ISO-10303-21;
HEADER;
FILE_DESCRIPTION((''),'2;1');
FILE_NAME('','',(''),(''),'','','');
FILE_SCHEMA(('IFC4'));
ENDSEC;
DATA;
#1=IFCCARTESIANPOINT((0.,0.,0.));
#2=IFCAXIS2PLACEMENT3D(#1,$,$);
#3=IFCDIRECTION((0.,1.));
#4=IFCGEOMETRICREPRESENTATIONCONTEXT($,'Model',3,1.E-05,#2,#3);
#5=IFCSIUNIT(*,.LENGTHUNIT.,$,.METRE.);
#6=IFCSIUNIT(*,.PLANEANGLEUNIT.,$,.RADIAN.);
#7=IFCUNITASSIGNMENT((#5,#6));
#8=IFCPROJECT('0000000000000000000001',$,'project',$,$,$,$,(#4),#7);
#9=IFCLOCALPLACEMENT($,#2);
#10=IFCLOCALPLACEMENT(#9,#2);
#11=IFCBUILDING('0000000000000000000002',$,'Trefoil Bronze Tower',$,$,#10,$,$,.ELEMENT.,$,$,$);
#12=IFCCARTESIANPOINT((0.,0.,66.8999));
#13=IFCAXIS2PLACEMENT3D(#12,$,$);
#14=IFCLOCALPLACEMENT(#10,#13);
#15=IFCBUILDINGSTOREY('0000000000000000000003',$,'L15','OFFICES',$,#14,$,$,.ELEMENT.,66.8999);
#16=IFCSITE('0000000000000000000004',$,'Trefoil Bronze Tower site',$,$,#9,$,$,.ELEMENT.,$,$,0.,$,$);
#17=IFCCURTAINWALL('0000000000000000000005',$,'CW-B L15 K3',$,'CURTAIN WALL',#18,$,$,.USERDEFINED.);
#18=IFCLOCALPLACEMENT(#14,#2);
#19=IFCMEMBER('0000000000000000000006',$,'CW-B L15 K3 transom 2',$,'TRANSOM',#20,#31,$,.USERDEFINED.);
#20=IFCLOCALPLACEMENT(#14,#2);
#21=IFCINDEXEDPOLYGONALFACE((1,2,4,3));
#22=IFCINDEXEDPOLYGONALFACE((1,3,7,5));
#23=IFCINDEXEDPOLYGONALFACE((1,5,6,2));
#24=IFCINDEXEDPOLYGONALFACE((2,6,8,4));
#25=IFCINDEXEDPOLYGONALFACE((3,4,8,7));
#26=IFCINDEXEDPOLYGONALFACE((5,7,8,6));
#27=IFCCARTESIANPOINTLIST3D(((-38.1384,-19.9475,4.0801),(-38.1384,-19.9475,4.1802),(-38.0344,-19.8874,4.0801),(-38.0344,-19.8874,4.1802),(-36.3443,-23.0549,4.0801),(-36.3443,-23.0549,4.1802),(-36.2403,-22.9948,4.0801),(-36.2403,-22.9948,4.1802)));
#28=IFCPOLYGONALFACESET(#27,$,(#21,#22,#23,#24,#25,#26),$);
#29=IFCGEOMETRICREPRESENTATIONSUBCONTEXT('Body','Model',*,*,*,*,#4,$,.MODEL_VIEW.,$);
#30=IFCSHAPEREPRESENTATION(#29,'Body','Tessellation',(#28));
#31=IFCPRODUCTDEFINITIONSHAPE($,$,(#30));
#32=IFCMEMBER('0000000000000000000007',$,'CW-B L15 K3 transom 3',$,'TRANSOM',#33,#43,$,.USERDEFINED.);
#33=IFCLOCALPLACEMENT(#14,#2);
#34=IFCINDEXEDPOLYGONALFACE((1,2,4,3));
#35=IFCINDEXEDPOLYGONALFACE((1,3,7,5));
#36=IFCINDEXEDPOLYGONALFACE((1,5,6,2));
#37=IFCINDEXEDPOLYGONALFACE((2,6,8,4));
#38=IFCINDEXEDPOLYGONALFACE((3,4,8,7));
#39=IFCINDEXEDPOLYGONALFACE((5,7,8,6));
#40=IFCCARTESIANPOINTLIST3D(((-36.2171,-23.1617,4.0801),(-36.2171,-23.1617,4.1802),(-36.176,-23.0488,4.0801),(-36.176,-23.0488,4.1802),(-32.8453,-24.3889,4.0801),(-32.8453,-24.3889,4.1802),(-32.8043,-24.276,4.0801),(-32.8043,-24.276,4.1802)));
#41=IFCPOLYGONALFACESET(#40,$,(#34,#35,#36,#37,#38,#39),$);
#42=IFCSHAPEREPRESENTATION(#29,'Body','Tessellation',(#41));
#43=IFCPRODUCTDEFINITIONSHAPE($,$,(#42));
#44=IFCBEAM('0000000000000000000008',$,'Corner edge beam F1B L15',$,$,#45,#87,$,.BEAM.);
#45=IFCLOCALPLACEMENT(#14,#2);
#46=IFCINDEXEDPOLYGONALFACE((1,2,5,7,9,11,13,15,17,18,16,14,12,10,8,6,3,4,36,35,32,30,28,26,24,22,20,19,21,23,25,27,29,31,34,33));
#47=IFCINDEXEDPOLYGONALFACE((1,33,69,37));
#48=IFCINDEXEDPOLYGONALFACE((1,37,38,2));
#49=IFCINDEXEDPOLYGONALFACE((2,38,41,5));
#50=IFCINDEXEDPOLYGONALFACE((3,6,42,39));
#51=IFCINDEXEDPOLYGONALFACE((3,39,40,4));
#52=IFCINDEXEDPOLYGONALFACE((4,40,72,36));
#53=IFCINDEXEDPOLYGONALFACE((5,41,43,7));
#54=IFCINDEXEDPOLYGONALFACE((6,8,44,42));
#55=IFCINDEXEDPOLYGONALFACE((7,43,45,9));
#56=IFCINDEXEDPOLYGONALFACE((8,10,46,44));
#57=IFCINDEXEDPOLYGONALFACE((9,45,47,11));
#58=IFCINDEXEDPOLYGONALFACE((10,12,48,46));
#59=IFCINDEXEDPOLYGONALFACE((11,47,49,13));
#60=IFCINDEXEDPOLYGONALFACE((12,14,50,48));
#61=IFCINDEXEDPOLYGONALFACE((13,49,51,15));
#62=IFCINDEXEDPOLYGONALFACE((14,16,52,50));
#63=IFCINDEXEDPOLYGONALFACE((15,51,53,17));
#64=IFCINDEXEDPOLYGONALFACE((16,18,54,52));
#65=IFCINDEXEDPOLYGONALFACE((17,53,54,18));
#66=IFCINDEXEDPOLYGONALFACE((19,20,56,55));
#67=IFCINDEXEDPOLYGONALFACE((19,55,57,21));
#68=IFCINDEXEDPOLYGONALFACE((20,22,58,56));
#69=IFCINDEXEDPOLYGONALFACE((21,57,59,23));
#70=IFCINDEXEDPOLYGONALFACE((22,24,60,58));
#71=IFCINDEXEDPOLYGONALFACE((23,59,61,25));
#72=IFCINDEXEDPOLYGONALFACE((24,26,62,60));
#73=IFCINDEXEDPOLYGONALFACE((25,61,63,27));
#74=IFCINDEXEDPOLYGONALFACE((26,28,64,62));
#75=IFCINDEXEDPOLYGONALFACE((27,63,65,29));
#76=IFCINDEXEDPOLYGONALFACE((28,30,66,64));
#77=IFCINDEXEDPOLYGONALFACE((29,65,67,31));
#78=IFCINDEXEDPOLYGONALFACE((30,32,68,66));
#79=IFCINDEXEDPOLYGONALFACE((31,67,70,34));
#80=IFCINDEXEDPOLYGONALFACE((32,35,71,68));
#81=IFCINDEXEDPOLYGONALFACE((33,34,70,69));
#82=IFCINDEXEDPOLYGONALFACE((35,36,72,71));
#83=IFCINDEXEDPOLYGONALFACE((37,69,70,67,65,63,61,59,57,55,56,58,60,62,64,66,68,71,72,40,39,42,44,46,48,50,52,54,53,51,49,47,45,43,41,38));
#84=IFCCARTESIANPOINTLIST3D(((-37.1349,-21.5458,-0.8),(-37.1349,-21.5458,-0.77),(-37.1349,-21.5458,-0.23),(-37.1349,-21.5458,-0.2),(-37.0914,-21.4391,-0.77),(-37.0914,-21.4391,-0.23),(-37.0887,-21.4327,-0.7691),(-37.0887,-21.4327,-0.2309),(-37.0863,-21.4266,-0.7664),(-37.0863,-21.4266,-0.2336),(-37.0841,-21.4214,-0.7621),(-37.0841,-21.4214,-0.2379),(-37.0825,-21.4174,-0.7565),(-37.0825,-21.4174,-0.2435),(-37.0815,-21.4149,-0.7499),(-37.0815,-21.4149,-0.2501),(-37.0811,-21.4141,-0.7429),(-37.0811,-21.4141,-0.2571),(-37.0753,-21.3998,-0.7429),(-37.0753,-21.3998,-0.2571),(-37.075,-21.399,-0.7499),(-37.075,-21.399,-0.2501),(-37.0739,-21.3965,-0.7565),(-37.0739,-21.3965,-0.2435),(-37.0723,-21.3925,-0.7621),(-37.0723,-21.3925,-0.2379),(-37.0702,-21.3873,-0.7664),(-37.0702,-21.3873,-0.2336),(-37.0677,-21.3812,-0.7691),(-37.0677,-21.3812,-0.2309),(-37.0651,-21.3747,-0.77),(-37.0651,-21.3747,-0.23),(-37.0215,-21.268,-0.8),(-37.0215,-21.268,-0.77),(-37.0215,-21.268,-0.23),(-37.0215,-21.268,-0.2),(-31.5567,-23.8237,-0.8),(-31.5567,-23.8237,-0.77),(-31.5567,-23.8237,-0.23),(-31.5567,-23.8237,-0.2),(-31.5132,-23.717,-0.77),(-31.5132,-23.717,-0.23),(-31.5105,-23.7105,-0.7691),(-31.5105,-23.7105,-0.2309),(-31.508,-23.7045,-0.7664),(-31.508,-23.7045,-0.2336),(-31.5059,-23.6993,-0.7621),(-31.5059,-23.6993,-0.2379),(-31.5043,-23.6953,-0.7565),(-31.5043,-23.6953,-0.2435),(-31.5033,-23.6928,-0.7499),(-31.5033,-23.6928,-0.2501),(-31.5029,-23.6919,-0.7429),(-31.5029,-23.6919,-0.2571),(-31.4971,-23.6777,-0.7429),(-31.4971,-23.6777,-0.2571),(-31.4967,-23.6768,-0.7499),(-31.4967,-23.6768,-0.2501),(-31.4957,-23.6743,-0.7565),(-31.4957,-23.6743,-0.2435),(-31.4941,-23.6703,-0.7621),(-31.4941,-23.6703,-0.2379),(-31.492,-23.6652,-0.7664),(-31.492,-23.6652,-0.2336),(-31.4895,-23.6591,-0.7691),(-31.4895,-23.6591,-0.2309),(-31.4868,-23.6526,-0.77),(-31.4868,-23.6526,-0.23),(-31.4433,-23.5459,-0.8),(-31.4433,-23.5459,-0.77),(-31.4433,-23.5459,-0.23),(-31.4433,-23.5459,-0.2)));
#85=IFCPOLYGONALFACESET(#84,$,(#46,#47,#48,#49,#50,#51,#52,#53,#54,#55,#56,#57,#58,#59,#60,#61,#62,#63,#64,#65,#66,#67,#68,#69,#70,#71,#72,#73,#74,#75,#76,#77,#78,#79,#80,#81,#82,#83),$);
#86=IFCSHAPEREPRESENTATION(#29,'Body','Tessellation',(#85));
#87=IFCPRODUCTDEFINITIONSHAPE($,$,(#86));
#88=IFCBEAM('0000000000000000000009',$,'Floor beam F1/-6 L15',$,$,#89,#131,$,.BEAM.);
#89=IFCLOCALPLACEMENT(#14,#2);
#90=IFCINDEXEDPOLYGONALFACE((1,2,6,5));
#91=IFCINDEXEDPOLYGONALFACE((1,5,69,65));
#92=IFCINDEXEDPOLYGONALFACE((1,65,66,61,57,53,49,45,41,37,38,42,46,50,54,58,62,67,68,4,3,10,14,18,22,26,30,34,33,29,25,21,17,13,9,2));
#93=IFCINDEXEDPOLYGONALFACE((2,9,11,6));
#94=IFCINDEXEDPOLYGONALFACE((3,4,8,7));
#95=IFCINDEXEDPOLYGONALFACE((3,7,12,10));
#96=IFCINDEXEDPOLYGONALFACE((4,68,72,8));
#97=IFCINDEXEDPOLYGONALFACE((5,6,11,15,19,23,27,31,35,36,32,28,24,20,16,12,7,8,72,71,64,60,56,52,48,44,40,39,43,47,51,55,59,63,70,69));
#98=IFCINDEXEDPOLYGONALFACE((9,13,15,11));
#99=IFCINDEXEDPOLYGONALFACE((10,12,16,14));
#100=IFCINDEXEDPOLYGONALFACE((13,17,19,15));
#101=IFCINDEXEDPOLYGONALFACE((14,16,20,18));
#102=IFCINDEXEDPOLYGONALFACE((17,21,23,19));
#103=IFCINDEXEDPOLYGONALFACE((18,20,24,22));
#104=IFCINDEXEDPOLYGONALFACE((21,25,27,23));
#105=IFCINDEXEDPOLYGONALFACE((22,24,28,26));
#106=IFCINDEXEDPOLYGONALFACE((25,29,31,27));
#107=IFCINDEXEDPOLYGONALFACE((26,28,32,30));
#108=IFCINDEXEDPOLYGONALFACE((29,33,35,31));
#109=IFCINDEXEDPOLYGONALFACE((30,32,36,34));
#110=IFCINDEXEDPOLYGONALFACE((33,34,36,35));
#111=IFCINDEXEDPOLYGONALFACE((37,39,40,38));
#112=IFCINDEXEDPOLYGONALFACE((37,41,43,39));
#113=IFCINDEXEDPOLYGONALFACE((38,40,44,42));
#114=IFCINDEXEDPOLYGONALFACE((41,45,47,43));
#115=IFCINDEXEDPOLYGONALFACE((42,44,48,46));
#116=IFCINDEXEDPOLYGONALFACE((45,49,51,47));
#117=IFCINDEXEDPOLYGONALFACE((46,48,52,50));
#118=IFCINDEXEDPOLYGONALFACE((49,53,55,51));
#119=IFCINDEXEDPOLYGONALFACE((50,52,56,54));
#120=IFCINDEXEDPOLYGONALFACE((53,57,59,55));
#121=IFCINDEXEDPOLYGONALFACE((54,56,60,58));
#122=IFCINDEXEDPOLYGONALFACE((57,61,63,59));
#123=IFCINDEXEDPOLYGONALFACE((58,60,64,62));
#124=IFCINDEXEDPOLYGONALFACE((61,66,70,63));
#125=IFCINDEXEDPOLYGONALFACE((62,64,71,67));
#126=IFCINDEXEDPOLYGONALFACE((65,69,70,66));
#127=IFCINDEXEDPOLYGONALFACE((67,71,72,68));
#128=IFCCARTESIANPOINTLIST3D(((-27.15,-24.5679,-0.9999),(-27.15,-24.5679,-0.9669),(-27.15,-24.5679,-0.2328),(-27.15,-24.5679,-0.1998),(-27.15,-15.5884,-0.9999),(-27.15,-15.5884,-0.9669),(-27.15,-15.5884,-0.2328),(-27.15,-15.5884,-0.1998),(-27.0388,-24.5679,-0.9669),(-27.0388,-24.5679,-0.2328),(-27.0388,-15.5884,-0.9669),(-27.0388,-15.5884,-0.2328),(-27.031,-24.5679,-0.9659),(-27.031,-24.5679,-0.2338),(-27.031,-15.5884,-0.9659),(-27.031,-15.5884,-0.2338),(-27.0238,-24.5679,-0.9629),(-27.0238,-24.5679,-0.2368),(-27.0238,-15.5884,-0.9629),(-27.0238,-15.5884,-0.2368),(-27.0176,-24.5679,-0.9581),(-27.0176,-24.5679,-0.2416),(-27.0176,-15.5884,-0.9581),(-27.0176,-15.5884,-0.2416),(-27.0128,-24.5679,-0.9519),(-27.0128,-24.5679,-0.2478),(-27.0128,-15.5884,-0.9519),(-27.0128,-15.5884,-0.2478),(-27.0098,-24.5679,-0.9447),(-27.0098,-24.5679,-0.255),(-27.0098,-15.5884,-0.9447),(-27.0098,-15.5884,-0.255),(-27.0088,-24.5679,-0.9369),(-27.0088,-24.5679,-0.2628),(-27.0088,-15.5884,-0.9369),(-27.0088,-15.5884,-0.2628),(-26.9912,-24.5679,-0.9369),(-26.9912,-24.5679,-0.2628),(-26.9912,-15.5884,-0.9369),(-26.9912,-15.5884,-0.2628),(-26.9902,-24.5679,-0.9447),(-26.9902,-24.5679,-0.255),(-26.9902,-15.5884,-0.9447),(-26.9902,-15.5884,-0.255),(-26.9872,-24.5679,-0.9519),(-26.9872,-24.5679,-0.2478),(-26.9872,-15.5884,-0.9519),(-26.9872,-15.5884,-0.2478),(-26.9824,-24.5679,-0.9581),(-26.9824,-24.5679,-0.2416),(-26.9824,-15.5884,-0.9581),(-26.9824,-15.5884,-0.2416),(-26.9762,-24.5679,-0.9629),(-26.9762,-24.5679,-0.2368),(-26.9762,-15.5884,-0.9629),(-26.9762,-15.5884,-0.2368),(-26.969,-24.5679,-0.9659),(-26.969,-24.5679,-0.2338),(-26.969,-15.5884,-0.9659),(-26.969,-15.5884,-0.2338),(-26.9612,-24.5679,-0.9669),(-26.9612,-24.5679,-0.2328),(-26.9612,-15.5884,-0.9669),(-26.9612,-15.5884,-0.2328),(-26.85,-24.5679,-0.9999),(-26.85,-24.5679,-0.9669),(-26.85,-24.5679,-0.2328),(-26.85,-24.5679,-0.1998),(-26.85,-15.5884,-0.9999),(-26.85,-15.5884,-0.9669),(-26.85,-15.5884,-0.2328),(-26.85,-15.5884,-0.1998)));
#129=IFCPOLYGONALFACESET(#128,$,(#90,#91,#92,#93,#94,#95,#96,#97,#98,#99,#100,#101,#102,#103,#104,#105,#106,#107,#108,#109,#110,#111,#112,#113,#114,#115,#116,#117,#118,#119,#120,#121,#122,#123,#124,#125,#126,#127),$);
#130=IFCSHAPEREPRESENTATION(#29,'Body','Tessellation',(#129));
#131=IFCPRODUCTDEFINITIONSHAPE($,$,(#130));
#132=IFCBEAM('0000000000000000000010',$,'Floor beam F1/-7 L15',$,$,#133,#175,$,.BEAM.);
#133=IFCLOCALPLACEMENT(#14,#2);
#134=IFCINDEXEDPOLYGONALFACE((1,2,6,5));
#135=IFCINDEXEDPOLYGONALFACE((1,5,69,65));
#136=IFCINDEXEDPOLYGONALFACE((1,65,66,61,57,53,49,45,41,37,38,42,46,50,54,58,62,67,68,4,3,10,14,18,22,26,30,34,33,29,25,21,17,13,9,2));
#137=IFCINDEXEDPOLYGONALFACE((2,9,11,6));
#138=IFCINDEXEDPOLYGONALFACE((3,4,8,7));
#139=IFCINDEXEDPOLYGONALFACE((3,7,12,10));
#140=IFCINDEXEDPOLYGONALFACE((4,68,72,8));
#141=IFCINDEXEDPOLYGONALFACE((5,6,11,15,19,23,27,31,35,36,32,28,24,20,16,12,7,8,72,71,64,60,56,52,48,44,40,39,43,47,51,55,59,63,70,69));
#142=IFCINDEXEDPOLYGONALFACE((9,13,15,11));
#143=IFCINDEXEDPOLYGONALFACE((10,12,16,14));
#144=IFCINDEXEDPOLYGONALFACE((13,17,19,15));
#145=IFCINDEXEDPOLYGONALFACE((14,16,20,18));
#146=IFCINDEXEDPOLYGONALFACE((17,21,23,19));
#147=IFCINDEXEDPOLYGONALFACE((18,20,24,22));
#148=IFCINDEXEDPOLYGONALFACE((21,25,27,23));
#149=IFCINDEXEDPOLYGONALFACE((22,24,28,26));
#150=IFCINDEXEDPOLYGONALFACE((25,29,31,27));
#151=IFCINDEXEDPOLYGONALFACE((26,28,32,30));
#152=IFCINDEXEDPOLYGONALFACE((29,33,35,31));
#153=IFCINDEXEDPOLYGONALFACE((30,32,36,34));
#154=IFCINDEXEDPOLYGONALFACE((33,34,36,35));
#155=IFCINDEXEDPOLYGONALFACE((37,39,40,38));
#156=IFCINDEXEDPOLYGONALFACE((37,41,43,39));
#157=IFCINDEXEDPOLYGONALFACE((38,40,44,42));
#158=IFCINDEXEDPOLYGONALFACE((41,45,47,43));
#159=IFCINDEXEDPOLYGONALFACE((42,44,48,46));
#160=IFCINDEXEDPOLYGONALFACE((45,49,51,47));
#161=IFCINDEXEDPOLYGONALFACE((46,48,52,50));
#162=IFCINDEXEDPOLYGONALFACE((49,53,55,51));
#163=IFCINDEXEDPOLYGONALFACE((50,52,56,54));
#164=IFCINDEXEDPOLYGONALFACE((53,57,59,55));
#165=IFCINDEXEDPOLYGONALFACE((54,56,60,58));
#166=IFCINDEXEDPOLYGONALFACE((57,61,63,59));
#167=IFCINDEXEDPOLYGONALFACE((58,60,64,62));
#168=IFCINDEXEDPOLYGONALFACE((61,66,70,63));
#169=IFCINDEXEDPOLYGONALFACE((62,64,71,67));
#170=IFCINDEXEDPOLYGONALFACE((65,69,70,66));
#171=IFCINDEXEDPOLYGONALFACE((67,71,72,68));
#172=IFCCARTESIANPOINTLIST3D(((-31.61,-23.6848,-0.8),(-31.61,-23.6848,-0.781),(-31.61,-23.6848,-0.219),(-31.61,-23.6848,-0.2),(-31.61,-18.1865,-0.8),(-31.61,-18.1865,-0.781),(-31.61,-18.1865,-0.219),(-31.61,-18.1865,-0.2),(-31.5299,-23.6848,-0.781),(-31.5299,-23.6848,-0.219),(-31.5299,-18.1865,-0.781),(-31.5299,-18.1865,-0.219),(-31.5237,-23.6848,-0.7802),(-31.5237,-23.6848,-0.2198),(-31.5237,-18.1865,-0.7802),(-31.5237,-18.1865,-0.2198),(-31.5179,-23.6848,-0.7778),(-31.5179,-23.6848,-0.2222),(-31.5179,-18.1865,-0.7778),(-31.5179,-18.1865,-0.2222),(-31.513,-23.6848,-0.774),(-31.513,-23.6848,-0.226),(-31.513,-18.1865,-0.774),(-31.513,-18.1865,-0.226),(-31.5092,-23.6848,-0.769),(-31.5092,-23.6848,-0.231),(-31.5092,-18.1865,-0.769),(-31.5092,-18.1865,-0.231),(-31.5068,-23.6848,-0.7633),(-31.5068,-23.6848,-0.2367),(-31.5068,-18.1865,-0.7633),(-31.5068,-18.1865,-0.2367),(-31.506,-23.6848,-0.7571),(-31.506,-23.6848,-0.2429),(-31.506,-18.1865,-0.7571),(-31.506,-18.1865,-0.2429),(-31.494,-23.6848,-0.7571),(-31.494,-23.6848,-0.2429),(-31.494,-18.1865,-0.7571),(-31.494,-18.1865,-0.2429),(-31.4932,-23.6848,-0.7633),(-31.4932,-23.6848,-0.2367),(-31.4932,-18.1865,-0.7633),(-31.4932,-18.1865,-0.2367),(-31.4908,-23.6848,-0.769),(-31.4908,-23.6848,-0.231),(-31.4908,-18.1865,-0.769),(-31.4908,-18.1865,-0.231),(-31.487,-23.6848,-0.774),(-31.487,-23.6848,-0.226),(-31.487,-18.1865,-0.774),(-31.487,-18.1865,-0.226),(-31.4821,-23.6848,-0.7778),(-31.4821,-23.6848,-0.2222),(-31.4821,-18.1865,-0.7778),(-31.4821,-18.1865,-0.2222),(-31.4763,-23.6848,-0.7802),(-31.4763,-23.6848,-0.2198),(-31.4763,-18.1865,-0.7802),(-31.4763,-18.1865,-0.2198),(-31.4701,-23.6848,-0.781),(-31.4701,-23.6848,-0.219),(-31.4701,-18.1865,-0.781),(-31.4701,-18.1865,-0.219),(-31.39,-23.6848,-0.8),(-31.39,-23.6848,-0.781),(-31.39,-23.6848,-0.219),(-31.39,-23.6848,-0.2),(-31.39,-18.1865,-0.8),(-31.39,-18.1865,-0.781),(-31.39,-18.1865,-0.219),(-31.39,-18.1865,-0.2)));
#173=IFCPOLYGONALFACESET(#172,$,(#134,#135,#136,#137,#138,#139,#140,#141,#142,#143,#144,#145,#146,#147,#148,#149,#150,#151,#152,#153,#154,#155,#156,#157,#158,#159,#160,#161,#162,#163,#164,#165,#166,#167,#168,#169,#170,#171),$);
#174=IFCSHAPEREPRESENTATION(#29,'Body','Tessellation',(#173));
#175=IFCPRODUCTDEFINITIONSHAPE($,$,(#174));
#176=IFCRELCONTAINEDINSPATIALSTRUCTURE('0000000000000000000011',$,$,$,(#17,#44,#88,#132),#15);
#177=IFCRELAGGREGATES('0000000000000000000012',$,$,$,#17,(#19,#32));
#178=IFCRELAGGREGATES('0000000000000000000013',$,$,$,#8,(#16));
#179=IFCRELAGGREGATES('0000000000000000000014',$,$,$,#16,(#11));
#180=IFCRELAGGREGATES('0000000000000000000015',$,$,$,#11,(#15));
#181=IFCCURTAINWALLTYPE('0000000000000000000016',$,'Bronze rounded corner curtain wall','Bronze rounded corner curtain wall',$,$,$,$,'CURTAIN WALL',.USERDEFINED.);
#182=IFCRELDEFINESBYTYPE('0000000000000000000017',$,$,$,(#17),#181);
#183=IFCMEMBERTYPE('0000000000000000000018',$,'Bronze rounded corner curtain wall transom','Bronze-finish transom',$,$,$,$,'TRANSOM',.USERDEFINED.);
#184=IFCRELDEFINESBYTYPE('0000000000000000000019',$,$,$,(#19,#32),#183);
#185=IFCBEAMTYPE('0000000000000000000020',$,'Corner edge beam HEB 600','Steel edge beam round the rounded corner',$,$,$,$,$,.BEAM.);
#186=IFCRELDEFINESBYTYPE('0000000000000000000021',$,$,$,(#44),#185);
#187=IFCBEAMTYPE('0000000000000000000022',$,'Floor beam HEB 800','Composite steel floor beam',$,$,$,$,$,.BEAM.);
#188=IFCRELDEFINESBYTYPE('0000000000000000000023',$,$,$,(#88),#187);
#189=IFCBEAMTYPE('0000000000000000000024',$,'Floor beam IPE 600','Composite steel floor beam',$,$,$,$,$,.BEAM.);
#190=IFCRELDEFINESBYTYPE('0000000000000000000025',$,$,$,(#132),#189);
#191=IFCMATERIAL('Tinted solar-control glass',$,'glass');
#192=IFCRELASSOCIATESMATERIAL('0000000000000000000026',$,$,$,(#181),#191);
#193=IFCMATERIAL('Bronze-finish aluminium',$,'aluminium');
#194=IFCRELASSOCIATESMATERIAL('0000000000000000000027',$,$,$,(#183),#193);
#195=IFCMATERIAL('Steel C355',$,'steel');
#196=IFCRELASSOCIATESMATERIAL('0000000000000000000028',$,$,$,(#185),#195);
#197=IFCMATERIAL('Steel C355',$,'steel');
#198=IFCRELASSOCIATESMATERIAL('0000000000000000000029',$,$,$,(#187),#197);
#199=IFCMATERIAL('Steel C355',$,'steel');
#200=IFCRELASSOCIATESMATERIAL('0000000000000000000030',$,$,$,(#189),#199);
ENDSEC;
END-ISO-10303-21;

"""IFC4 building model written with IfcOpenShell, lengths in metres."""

from ifc_helpers import new_model, si_unit, direction, frame, origin, origin_2d, place, context, subcontext, project, spatial, rectangle, i_section, extrude, material, material_profile, profile_set, type_object, element, aggregate, save


model = new_model("IFC4")

# Units and contexts
model_context = context("Model", 3, precision=1e-05, world=origin(), true_north=direction((0.0, 1.0)))
body_context = subcontext(model_context, "Body", "Model", "MODEL_VIEW")
ifc_project = project(units=[si_unit("LENGTHUNIT", "METRE"), si_unit("PLANEANGLEUNIT", "RADIAN")], contexts=[model_context])

# Site, building, storey
site_placement = place(None, origin())
site = spatial("IfcSite", under=ifc_project, at=site_placement, Name="Trefoil Bronze Tower site", CompositionType="ELEMENT", RefElevation=0.0)
building_placement = place(site_placement, origin())
building = spatial("IfcBuilding", under=site, at=building_placement, Name="Trefoil Bronze Tower", CompositionType="ELEMENT")
storey_placement = place(building_placement, frame((0.0, 0.0, 66.8999)))
storey = spatial("IfcBuildingStorey", under=building, at=storey_placement, Name="L15", Description="OFFICES", CompositionType="ELEMENT", Elevation=66.8999)

# Curtain wall, members
ifc_material_1 = material(Name="Tinted solar-control glass", Category="glass")
curtain_wall_type_1 = type_object("IfcCurtainWallType", Name="Bronze rounded corner curtain wall", Description="Bronze rounded corner curtain wall", ElementType="CURTAIN WALL", PredefinedType="USERDEFINED", material=ifc_material_1)
curtain_wall_1_placement = place(storey_placement, origin())
curtain_wall_1 = element("IfcCurtainWall", 1, at=curtain_wall_1_placement, inside=storey, type_object=curtain_wall_type_1, Name="CW-B L15 K3", ObjectType="CURTAIN WALL", PredefinedType="USERDEFINED")
ifc_material_2 = material(Name="Bronze-finish aluminium", Category="aluminium")
ifc_material_profile_1 = material_profile(ifc_material_2, rectangle(XDim=0.1201, YDim=0.1001, at=origin_2d()), Name="CW-B transom")
ifc_profile_set_1 = profile_set([ifc_material_profile_1], Name="Bronze-finish aluminium")
member_type_1 = type_object("IfcMemberType", Name="Bronze rounded corner curtain wall transom", Description="Bronze-finish transom", ElementType="TRANSOM", PredefinedType="USERDEFINED", material=ifc_profile_set_1)
member_1_placement = place(storey_placement, frame((-38.0864, -19.9175, 4.1301), z_axis=(0.500025, -0.866011, 0.0), x_axis=(0.866011, 0.500025, 0.0)))
member_1 = element("IfcMember", 2, at=member_1_placement, type_object=member_type_1, Name="CW-B L15 K3 transom 2", ObjectType="TRANSOM", PredefinedType="USERDEFINED", context=body_context, shape_type="SweptSolid", body=[
    extrude(rectangle(XDim=0.1201, YDim=0.1001, at=origin_2d()), origin(), (0.0, 0.0, 1.0), 3.5881),
])
member_2_placement = place(storey_placement, frame((-36.1965, -23.1052, 4.1301), z_axis=(0.939688, -0.342033, 0.0), x_axis=(0.342033, 0.939688, 0.0)))
member_2 = element("IfcMember", 3, at=member_2_placement, type_object=member_type_1, Name="CW-B L15 K3 transom 3", ObjectType="TRANSOM", PredefinedType="USERDEFINED", context=body_context, shape_type="SweptSolid", body=[
    extrude(rectangle(XDim=0.1201, YDim=0.1001, at=origin_2d()), origin(), (0.0, 0.0, 1.0), 3.5881),
])

# Beams
ifc_material_3 = material(Name="Steel C355", Category="steel")
ifc_material_profile_2 = material_profile(ifc_material_3, i_section(OverallWidth=0.3, OverallDepth=0.6001, WebThickness=0.0154, FlangeThickness=0.03, FilletRadius=0.0271, at=origin_2d()), Name="HEB 600")
ifc_profile_set_2 = profile_set([ifc_material_profile_2], Name="Steel C355")
beam_type_1 = type_object("IfcBeamType", Name="Corner edge beam HEB 600", Description="Steel edge beam round the rounded corner", PredefinedType="BEAM", material=ifc_profile_set_2)
beam_1_placement = place(storey_placement, frame((-31.5, -23.6848, -0.5), z_axis=(-0.925787, 0.378046, 0.0), x_axis=(-0.378046, -0.925787, 0.0)))
element("IfcBeam", 4, at=beam_1_placement, inside=storey, type_object=beam_type_1, Name="Corner edge beam F1B L15", PredefinedType="BEAM", context=body_context, shape_type="SweptSolid", body=[
    extrude(i_section(OverallWidth=0.3, OverallDepth=0.6001, WebThickness=0.0154, FlangeThickness=0.03, FilletRadius=0.0271, at=origin_2d()), origin(), (0.0, 0.0, 1.0), 6.0254),
])
ifc_material_4 = material(Name="Steel C355", Category="steel")
ifc_material_profile_3 = material_profile(ifc_material_4, i_section(OverallWidth=0.3, OverallDepth=0.8, WebThickness=0.0176, FlangeThickness=0.033, FilletRadius=0.03, at=origin_2d()), Name="HEB 800")
ifc_profile_set_3 = profile_set([ifc_material_profile_3], Name="Steel C355")
beam_type_2 = type_object("IfcBeamType", Name="Floor beam HEB 800", Description="Composite steel floor beam", PredefinedType="BEAM", material=ifc_profile_set_3)
beam_2_placement = place(storey_placement, frame((-27.0, -24.5679, -0.5999), z_axis=(0.0, 1.0, 0.0), x_axis=(-1.0, 0.0, 0.0)))
element("IfcBeam", 5, at=beam_2_placement, inside=storey, type_object=beam_type_2, Name="Floor beam F1/-6 L15", PredefinedType="BEAM", context=body_context, shape_type="SweptSolid", body=[
    extrude(i_section(OverallWidth=0.3, OverallDepth=0.8, WebThickness=0.0176, FlangeThickness=0.033, FilletRadius=0.03, at=origin_2d()), origin(), (0.0, 0.0, 1.0), 8.9795),
])
ifc_material_5 = material(Name="Steel C355", Category="steel")
ifc_material_profile_4 = material_profile(ifc_material_5, i_section(OverallWidth=0.22, OverallDepth=0.6001, WebThickness=0.012, FlangeThickness=0.019, FilletRadius=0.0239, at=origin_2d()), Name="IPE 600")
ifc_profile_set_4 = profile_set([ifc_material_profile_4], Name="Steel C355")
beam_type_3 = type_object("IfcBeamType", Name="Floor beam IPE 600", Description="Composite steel floor beam", PredefinedType="BEAM", material=ifc_profile_set_4)
beam_3_placement = place(storey_placement, frame((-31.5, -23.6848, -0.5), z_axis=(0.0, 1.0, 0.0), x_axis=(-1.0, 0.0, 0.0)))
element("IfcBeam", 6, at=beam_3_placement, inside=storey, type_object=beam_type_3, Name="Floor beam F1/-7 L15", PredefinedType="BEAM", context=body_context, shape_type="SweptSolid", body=[
    extrude(i_section(OverallWidth=0.22, OverallDepth=0.6001, WebThickness=0.012, FlangeThickness=0.019, FilletRadius=0.0239, at=origin_2d()), origin(), (0.0, 0.0, 1.0), 5.4983),
])

aggregate(curtain_wall_1, [member_1, member_2])

save(model, "model.ifc")
